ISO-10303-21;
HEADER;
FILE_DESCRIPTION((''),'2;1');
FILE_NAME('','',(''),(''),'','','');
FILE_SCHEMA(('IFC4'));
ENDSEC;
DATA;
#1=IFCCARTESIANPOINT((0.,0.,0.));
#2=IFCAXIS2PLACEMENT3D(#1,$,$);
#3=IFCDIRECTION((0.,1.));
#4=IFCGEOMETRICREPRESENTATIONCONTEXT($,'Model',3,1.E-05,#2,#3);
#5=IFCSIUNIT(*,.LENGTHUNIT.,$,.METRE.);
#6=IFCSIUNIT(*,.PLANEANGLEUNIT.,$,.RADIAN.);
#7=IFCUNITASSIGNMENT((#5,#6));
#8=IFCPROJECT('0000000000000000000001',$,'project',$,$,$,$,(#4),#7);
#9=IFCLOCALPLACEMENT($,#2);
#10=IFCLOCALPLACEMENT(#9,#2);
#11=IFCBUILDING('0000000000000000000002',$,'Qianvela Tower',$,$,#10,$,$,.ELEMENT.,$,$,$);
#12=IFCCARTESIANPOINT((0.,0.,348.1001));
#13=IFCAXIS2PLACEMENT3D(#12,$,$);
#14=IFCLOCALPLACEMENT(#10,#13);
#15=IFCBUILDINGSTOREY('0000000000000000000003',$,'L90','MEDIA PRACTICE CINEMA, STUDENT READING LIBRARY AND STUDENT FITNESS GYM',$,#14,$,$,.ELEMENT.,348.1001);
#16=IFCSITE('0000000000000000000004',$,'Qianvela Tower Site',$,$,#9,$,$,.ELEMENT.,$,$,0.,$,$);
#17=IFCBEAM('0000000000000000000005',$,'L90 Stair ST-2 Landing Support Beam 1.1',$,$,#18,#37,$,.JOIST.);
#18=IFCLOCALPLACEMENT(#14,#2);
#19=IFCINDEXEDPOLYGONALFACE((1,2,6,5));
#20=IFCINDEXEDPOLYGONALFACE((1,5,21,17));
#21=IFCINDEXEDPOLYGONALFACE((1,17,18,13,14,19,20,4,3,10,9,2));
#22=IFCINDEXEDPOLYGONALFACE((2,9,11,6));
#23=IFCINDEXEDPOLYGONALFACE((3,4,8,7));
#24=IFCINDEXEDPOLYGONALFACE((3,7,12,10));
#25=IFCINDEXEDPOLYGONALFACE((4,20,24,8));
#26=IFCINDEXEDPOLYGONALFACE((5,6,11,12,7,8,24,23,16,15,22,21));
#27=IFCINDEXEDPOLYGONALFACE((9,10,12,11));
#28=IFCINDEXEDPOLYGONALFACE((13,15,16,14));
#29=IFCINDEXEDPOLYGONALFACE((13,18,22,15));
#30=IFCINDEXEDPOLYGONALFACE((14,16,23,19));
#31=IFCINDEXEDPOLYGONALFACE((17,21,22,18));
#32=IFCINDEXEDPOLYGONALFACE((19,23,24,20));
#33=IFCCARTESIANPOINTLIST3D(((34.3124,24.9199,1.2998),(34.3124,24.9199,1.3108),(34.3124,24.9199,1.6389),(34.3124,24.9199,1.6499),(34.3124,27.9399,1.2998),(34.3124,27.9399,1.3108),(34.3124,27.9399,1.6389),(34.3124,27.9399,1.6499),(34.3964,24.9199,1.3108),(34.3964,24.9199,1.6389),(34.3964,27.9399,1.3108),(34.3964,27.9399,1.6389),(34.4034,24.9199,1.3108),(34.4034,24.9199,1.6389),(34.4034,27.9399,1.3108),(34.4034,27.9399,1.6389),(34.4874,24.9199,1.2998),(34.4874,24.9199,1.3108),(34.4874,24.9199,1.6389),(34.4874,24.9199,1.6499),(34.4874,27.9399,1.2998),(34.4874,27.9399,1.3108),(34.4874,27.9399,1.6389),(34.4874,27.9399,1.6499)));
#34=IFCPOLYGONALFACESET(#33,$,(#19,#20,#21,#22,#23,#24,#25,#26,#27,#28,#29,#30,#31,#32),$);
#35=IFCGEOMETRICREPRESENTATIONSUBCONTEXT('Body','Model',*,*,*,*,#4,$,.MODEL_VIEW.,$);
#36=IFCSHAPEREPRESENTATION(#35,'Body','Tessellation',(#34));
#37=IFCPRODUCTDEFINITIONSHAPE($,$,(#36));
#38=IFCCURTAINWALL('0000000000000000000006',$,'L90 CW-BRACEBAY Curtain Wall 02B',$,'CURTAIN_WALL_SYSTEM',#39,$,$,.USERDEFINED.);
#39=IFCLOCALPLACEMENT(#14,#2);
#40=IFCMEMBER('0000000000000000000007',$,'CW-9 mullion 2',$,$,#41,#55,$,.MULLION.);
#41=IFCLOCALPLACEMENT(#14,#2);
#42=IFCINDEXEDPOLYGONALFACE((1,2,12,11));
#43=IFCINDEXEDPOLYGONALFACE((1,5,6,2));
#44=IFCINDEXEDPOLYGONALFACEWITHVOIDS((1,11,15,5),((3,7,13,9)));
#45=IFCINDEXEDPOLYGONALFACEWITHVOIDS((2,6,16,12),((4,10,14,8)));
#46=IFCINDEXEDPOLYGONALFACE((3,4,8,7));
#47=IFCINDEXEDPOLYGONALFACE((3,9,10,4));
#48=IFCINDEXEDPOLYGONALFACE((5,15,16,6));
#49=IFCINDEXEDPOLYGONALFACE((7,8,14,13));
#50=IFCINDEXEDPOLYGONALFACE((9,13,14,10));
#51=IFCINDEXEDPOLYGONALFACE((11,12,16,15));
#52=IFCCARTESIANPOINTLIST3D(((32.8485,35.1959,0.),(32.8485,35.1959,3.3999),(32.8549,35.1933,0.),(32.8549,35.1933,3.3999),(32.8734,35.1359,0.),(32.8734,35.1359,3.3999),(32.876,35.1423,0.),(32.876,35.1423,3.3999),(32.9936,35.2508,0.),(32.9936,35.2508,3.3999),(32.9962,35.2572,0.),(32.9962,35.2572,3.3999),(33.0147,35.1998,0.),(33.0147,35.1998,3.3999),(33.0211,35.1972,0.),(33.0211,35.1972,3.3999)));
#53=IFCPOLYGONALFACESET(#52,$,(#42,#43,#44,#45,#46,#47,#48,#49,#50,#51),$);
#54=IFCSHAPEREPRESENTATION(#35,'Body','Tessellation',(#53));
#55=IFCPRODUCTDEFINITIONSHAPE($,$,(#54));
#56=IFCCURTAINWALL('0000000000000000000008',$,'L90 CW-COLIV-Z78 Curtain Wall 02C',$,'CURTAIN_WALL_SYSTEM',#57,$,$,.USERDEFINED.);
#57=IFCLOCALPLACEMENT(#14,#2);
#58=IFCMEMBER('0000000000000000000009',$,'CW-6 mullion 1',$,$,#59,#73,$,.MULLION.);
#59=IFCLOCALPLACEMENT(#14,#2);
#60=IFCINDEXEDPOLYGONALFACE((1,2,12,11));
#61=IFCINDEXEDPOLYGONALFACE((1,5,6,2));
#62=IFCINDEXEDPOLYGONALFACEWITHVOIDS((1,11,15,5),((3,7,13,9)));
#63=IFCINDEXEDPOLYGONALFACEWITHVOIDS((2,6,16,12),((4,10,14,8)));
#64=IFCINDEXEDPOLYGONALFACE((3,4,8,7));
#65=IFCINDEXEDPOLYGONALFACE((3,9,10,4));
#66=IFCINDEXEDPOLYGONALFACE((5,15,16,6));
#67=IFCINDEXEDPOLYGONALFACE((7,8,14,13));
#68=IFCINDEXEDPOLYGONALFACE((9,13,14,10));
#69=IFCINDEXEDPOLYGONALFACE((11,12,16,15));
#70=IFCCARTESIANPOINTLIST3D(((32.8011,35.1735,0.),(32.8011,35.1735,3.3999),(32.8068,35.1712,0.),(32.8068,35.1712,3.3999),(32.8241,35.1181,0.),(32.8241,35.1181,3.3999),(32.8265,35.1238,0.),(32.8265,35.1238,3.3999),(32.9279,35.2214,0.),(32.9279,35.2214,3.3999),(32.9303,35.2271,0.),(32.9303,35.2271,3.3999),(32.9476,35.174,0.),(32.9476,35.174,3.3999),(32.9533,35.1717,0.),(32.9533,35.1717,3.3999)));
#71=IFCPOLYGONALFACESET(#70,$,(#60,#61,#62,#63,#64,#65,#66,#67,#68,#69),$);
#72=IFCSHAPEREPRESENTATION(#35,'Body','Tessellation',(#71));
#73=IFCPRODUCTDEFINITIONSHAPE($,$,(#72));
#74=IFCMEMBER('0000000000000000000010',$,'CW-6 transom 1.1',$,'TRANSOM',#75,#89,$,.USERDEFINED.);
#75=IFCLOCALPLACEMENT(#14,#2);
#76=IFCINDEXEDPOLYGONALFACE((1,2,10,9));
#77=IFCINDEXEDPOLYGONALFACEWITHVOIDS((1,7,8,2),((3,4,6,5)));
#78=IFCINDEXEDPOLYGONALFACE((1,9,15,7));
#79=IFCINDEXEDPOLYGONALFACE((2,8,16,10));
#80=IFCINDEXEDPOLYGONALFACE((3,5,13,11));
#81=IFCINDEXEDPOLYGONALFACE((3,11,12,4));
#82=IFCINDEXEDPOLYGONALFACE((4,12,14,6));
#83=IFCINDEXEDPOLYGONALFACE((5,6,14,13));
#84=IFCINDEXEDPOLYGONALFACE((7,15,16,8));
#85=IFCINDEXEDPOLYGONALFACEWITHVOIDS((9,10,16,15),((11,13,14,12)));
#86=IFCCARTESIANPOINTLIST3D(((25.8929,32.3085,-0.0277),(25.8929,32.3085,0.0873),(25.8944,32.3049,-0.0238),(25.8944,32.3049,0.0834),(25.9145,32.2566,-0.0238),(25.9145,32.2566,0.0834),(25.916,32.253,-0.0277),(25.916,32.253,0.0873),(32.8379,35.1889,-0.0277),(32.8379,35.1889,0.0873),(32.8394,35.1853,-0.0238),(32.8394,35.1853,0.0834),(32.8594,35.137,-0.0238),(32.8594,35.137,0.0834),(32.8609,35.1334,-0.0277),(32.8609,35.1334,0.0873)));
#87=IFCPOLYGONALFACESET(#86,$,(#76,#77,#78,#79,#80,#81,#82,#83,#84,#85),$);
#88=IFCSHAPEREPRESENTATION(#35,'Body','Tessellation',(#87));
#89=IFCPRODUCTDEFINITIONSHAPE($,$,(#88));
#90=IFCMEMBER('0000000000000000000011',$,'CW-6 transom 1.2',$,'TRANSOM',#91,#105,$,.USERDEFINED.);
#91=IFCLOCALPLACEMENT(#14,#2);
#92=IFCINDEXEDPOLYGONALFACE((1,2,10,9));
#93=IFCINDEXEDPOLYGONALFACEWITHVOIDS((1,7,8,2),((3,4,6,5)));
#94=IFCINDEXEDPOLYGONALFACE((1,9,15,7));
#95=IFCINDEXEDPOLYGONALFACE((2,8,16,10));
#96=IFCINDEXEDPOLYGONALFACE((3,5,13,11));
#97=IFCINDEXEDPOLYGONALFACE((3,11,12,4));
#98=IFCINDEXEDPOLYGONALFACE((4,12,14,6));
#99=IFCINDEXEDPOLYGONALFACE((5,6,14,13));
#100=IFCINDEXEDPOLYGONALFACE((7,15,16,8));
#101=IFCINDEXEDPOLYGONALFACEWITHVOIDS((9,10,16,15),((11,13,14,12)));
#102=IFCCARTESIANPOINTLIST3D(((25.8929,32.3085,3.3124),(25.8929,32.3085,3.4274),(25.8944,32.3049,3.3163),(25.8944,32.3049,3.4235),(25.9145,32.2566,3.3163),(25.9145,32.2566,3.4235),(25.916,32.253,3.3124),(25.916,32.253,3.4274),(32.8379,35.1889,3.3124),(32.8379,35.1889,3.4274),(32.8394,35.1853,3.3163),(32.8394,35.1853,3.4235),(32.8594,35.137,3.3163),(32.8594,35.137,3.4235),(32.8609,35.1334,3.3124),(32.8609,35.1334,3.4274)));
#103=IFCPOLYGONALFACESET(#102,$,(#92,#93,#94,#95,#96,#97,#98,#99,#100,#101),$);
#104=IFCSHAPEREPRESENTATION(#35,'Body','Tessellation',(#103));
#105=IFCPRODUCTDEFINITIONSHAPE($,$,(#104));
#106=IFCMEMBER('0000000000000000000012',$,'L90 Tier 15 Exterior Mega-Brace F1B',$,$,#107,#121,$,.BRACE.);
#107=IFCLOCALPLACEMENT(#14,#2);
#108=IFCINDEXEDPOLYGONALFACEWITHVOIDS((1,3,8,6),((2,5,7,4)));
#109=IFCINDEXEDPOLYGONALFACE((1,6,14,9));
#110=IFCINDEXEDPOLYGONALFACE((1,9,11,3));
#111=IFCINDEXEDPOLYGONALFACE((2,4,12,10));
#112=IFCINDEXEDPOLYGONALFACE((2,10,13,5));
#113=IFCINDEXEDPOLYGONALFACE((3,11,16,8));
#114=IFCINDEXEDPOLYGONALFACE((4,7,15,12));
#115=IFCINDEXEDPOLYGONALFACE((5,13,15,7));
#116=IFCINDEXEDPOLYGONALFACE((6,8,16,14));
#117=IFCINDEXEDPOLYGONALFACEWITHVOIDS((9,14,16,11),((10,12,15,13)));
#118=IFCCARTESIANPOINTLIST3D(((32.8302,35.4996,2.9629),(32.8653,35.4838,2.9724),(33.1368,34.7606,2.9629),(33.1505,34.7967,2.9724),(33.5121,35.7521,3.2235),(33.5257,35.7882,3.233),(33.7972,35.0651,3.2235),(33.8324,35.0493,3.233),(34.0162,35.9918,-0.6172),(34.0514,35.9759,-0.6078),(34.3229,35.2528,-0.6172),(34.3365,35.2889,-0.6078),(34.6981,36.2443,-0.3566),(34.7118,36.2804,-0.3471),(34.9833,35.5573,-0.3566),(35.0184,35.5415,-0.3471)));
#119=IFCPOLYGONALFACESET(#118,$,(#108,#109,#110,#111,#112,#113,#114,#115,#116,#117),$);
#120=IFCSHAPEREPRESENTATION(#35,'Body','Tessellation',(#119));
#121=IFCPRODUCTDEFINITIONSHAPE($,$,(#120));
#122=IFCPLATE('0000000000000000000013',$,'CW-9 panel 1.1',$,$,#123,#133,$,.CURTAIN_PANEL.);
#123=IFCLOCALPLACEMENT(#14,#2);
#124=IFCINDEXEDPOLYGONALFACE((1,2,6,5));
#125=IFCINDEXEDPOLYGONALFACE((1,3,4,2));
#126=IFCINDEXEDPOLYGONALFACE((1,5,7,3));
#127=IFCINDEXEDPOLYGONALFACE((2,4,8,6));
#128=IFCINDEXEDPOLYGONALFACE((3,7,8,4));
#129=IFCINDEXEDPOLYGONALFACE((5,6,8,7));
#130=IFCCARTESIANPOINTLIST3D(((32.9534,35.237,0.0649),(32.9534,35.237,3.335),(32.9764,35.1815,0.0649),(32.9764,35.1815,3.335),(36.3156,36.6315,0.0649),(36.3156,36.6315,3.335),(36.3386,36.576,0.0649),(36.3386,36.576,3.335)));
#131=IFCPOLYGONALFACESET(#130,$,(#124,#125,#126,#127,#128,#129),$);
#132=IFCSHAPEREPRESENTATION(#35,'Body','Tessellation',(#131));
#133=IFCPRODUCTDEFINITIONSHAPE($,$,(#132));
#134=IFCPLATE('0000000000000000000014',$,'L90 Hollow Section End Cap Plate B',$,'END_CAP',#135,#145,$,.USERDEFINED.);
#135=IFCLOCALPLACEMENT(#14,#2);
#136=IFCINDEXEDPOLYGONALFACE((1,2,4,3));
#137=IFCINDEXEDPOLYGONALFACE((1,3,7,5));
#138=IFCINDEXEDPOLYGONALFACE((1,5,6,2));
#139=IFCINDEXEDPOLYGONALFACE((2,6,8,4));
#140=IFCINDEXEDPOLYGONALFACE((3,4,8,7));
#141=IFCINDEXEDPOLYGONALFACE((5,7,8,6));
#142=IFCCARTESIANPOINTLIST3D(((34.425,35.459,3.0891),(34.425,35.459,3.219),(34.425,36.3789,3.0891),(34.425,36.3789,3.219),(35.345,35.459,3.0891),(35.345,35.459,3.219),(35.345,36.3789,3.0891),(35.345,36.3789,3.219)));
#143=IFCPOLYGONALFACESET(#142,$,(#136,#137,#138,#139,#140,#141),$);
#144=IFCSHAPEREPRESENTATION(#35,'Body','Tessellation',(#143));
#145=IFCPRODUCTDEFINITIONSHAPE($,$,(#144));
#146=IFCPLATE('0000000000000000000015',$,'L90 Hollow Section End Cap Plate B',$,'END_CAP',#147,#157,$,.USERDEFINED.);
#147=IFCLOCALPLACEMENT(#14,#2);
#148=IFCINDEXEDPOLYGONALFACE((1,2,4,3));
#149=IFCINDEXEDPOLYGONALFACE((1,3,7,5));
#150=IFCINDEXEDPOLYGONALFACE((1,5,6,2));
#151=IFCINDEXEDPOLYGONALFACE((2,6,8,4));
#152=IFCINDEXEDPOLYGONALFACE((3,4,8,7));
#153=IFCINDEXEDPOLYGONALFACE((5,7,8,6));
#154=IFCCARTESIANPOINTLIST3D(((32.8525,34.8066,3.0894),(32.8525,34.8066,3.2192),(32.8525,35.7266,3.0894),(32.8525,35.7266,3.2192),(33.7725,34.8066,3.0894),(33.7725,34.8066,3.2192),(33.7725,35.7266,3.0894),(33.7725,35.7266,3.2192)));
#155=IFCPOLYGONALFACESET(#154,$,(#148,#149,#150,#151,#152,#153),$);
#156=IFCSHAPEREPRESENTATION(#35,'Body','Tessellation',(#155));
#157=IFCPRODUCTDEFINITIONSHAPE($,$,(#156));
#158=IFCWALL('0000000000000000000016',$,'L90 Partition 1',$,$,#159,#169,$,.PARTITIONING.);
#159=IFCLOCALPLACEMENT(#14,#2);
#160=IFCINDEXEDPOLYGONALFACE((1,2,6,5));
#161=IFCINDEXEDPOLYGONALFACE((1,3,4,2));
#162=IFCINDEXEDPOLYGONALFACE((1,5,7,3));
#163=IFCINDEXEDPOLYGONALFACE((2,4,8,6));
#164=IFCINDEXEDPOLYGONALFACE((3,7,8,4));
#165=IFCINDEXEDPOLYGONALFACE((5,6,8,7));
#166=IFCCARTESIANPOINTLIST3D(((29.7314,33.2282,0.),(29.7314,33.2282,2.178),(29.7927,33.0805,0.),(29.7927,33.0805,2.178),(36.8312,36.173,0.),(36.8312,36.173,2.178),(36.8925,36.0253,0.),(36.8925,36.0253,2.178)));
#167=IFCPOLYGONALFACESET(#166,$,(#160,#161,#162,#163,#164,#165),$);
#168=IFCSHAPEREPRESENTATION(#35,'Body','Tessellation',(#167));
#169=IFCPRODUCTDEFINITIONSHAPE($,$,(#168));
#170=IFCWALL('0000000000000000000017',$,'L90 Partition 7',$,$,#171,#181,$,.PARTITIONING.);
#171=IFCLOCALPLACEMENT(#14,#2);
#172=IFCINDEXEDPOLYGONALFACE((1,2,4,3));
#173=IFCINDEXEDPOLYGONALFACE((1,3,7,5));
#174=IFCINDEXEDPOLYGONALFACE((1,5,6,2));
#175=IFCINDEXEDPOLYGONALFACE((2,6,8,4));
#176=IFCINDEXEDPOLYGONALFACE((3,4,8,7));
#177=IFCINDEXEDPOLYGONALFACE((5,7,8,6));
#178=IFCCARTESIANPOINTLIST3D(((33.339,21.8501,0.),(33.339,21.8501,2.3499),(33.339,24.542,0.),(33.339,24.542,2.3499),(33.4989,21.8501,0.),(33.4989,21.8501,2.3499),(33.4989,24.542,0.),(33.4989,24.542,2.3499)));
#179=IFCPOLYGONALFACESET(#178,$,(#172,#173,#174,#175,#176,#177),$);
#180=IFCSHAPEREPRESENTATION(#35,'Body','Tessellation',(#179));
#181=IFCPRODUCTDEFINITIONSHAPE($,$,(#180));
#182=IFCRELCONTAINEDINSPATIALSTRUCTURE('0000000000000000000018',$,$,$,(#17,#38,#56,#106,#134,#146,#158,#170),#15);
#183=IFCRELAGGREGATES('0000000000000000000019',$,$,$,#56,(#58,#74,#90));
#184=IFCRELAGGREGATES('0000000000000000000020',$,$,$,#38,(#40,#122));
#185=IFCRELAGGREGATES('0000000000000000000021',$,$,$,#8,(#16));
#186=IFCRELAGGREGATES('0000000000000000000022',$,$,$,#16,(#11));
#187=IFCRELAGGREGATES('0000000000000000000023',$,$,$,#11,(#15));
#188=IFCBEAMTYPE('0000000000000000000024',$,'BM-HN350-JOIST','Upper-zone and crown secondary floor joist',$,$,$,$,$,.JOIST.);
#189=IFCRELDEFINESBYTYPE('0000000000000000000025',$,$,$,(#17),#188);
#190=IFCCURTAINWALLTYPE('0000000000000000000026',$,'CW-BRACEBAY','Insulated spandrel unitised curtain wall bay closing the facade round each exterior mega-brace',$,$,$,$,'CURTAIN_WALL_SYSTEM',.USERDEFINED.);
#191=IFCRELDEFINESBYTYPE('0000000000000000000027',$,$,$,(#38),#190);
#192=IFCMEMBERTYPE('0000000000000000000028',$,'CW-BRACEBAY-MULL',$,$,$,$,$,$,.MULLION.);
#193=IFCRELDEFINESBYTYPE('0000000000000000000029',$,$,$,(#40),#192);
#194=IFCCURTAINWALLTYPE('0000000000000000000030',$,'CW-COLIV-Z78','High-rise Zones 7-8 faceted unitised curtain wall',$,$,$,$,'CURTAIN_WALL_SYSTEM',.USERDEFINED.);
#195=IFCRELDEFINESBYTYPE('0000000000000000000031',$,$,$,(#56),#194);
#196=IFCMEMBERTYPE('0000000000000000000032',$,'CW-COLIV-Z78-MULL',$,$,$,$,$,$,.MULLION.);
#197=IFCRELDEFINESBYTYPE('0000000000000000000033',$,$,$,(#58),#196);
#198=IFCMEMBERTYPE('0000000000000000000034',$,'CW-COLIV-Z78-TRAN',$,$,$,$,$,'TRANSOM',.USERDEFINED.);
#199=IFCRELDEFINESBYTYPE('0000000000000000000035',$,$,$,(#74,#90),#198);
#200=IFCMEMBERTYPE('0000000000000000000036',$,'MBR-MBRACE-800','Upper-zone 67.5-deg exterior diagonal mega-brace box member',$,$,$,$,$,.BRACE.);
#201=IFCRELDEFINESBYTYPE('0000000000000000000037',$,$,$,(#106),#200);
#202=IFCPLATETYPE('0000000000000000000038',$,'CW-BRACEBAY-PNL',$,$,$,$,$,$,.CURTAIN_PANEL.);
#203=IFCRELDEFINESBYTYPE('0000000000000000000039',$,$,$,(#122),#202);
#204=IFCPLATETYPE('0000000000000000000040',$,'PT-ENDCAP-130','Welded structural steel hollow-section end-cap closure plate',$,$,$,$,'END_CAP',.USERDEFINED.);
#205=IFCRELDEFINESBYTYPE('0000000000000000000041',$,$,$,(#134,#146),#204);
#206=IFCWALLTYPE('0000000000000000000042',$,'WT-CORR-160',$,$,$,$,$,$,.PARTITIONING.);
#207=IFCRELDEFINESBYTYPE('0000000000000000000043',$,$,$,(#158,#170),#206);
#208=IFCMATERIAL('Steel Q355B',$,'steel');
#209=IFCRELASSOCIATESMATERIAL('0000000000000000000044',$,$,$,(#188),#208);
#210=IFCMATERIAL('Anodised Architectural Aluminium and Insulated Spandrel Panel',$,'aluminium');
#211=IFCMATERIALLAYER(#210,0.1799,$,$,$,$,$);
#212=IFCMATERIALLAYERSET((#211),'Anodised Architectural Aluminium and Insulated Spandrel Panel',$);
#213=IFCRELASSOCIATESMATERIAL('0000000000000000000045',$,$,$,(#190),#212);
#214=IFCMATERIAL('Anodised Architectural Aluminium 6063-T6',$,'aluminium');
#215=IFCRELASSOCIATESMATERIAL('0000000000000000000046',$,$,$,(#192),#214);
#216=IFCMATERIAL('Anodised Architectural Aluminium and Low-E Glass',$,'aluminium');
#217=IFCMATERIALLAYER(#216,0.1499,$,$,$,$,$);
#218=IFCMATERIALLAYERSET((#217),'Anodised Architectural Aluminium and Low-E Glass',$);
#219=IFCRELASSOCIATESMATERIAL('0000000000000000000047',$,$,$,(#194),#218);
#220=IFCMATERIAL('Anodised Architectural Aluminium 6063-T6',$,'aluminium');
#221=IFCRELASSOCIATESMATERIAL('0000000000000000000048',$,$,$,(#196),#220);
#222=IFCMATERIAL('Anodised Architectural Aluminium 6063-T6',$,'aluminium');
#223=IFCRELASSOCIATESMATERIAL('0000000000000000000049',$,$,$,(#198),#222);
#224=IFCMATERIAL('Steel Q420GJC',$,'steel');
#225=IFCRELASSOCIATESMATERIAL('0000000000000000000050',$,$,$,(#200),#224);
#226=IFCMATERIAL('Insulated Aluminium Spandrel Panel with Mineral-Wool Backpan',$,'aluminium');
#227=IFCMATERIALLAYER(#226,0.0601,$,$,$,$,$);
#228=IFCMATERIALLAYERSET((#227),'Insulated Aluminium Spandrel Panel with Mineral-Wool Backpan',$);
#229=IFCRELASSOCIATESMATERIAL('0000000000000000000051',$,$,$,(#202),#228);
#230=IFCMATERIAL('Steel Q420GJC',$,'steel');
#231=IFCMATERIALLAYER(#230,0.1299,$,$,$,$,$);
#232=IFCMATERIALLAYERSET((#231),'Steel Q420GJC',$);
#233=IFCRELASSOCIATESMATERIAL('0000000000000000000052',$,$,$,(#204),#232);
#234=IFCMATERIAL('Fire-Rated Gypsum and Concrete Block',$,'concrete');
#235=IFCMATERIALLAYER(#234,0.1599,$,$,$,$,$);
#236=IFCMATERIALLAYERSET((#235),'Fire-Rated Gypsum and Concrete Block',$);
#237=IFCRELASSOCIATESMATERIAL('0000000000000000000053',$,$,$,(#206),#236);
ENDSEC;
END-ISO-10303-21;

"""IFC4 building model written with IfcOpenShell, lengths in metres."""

from ifc_helpers import new_model, si_unit, direction, frame, frame_2d, origin, origin_2d, place, context, subcontext, project, spatial, rectangle, hollow_rectangle, i_section, extrude, material, layer, layer_set, material_profile, profile_set, type_object, element, aggregate, save


model = new_model("IFC4")

# Units and contexts
model_context = context("Model", 3, precision=1e-05, world=origin(), true_north=direction((0.0, 1.0)))
body_context = subcontext(model_context, "Body", "Model", "MODEL_VIEW")
ifc_project = project(units=[si_unit("LENGTHUNIT", "METRE"), si_unit("PLANEANGLEUNIT", "RADIAN")], contexts=[model_context])

# Site, building, storey
site_placement = place(None, origin())
site = spatial("IfcSite", under=ifc_project, at=site_placement, Name="Qianvela Tower Site", CompositionType="ELEMENT", RefElevation=0.0)
building_placement = place(site_placement, origin())
building = spatial("IfcBuilding", under=site, at=building_placement, Name="Qianvela Tower", CompositionType="ELEMENT")
storey_placement = place(building_placement, frame((0.0, 0.0, 348.1001)))
storey = spatial("IfcBuildingStorey", under=building, at=storey_placement, Name="L90", Description="MEDIA PRACTICE CINEMA, STUDENT READING LIBRARY AND STUDENT FITNESS GYM", CompositionType="ELEMENT", Elevation=348.1001)

# Beam
ifc_material_1 = material(Name="Steel Q355B", Category="steel")
ifc_material_profile_1 = material_profile(ifc_material_1, i_section(OverallWidth=0.175, OverallDepth=0.3501, WebThickness=0.0071, FlangeThickness=0.011, at=origin_2d()), Name="HN350x175x7x11")
ifc_profile_set_1 = profile_set([ifc_material_profile_1], Name="Steel Q355B")
beam_type = type_object("IfcBeamType", Name="BM-HN350-JOIST", Description="Upper-zone and crown secondary floor joist", PredefinedType="JOIST", material=ifc_profile_set_1)
beam_placement = place(storey_placement, frame((34.3999, 24.9199, 1.4749), z_axis=(0.0, 1.0, 0.0), x_axis=(-1.0, 0.0, 0.0)))
element("IfcBeam", 1, at=beam_placement, inside=storey, type_object=beam_type, Name="L90 Stair ST-2 Landing Support Beam 1.1", PredefinedType="JOIST", context=body_context, shape_type="SweptSolid", body=[
    extrude(i_section(OverallWidth=0.175, OverallDepth=0.3501, WebThickness=0.0071, FlangeThickness=0.011, at=origin_2d()), origin(), (0.0, 0.0, 1.0), 3.02),
])

# Curtain wall, member
ifc_material_2 = material(Name="Anodised Architectural Aluminium and Insulated Spandrel Panel", Category="aluminium")
ifc_layer_1 = layer(ifc_material_2, 0.1799)
ifc_layer_set_1 = layer_set([ifc_layer_1], Name="Anodised Architectural Aluminium and Insulated Spandrel Panel")
curtain_wall_type_1 = type_object("IfcCurtainWallType", Name="CW-BRACEBAY", Description="Insulated spandrel unitised curtain wall bay closing the facade round each exterior mega-brace", ElementType="CURTAIN_WALL_SYSTEM", PredefinedType="USERDEFINED", material=ifc_layer_set_1)
curtain_wall_1_placement = place(storey_placement, origin())
curtain_wall_1 = element("IfcCurtainWall", 2, at=curtain_wall_1_placement, inside=storey, type_object=curtain_wall_type_1, Name="L90 CW-BRACEBAY Curtain Wall 02B", ObjectType="CURTAIN_WALL_SYSTEM", PredefinedType="USERDEFINED")
ifc_material_3 = material(Name="Anodised Architectural Aluminium 6063-T6", Category="aluminium")
ifc_material_profile_2 = material_profile(ifc_material_3, hollow_rectangle(XDim=0.0649, YDim=0.1599, WallThickness=0.0049, at=origin_2d()), Name="ALU-MULL-65x160")
ifc_profile_set_2 = profile_set([ifc_material_profile_2], Name="Anodised Architectural Aluminium 6063-T6")
member_type_1 = type_object("IfcMemberType", Name="CW-BRACEBAY-MULL", PredefinedType="MULLION", material=ifc_profile_set_2)
member_1_placement = place(storey_placement, frame((32.9348, 35.1965, 0.0), z_axis=(0.0, 0.0, 1.0), x_axis=(0.383133, -0.923693, 0.0)))
member_1 = element("IfcMember", 3, at=member_1_placement, type_object=member_type_1, Name="CW-9 mullion 2", PredefinedType="MULLION", context=body_context, shape_type="SweptSolid", body=[
    extrude(hollow_rectangle(XDim=0.0649, YDim=0.1599, WallThickness=0.0049, at=origin_2d()), origin(), (0.0, 0.0, 1.0), 3.3999),
])

# Curtain wall, members
ifc_material_4 = material(Name="Anodised Architectural Aluminium and Low-E Glass", Category="aluminium")
ifc_layer_2 = layer(ifc_material_4, 0.1499)
ifc_layer_set_2 = layer_set([ifc_layer_2], Name="Anodised Architectural Aluminium and Low-E Glass")
curtain_wall_type_2 = type_object("IfcCurtainWallType", Name="CW-COLIV-Z78", Description="High-rise Zones 7-8 faceted unitised curtain wall", ElementType="CURTAIN_WALL_SYSTEM", PredefinedType="USERDEFINED", material=ifc_layer_set_2)
curtain_wall_2_placement = place(storey_placement, origin())
curtain_wall_2 = element("IfcCurtainWall", 4, at=curtain_wall_2_placement, inside=storey, type_object=curtain_wall_type_2, Name="L90 CW-COLIV-Z78 Curtain Wall 02C", ObjectType="CURTAIN_WALL_SYSTEM", PredefinedType="USERDEFINED")
ifc_material_5 = material(Name="Anodised Architectural Aluminium 6063-T6", Category="aluminium")
ifc_material_profile_3 = material_profile(ifc_material_5, hollow_rectangle(XDim=0.0601, YDim=0.1399, WallThickness=0.0044, at=origin_2d()), Name="ALU-MULL-60x140")
ifc_profile_set_3 = profile_set([ifc_material_profile_3], Name="Anodised Architectural Aluminium 6063-T6")
member_type_2 = type_object("IfcMemberType", Name="CW-COLIV-Z78-MULL", PredefinedType="MULLION", material=ifc_profile_set_3)
member_2_placement = place(storey_placement, frame((32.8772, 35.1726, 0.0), z_axis=(0.0, 0.0, 1.0), x_axis=(0.383115, -0.923701, 0.0)))
member_2 = element("IfcMember", 5, at=member_2_placement, type_object=member_type_2, Name="CW-6 mullion 1", PredefinedType="MULLION", context=body_context, shape_type="SweptSolid", body=[
    extrude(hollow_rectangle(XDim=0.0601, YDim=0.1399, WallThickness=0.0044, at=origin_2d()), origin(), (0.0, 0.0, 1.0), 3.3999),
])
ifc_material_6 = material(Name="Anodised Architectural Aluminium 6063-T6", Category="aluminium")
ifc_material_profile_4 = material_profile(ifc_material_6, hollow_rectangle(XDim=0.0601, YDim=0.115, WallThickness=0.0039, at=origin_2d()), Name="ALU-TRAN-60x115")
ifc_profile_set_4 = profile_set([ifc_material_profile_4], Name="Anodised Architectural Aluminium 6063-T6")
member_type_3 = type_object("IfcMemberType", Name="CW-COLIV-Z78-TRAN", ElementType="TRANSOM", PredefinedType="USERDEFINED", material=ifc_profile_set_4)
member_3_placement = place(storey_placement, frame((32.8494, 35.1611, 0.0298), z_axis=(-0.923704, -0.383107, 0.0), x_axis=(0.383107, -0.923704, 0.0)))
member_3 = element("IfcMember", 6, at=member_3_placement, type_object=member_type_3, Name="CW-6 transom 1.1", ObjectType="TRANSOM", PredefinedType="USERDEFINED", context=body_context, shape_type="SweptSolid", body=[
    extrude(hollow_rectangle(XDim=0.0601, YDim=0.115, WallThickness=0.0039, at=origin_2d()), origin(), (0.0, 0.0, 1.0), 7.5186),
])
member_4_placement = place(storey_placement, frame((32.8494, 35.1611, 3.3699), z_axis=(-0.923704, -0.383107, 0.0), x_axis=(0.383107, -0.923704, 0.0)))
member_4 = element("IfcMember", 7, at=member_4_placement, type_object=member_type_3, Name="CW-6 transom 1.2", ObjectType="TRANSOM", PredefinedType="USERDEFINED", context=body_context, shape_type="SweptSolid", body=[
    extrude(hollow_rectangle(XDim=0.0601, YDim=0.115, WallThickness=0.0039, at=origin_2d()), origin(), (0.0, 0.0, 1.0), 7.5186),
])
aggregate(curtain_wall_2, [member_2, member_3, member_4])

# Member
ifc_material_7 = material(Name="Steel Q420GJC", Category="steel")
ifc_material_profile_5 = material_profile(ifc_material_7, hollow_rectangle(XDim=0.8, YDim=0.8, WallThickness=0.0281, at=origin_2d()), Name="MBOX-800x800x28")
ifc_profile_set_5 = profile_set([ifc_material_profile_5], Name="Steel Q420GJC")
member_type_4 = type_object("IfcMemberType", Name="MBR-MBRACE-800", Description="Upper-zone 67.5-deg exterior diagonal mega-brace box member", PredefinedType="BRACE", material=ifc_profile_set_5)
member_5_placement = place(storey_placement, frame((34.5173, 35.7666, -0.4822), z_axis=(-0.311835, -0.129407, 0.941282), x_axis=(0.383292, -0.923627, 0.0)))
element("IfcMember", 8, at=member_5_placement, inside=storey, type_object=member_type_4, Name="L90 Tier 15 Exterior Mega-Brace F1B", PredefinedType="BRACE", context=body_context, shape_type="SweptSolid", body=[
    extrude(hollow_rectangle(XDim=0.8, YDim=0.8, WallThickness=0.0281, at=origin_2d()), origin(), (0.0, 0.0, 1.0), 3.8035),
])

# Plate
ifc_material_8 = material(Name="Insulated Aluminium Spandrel Panel with Mineral-Wool Backpan", Category="aluminium")
ifc_layer_3 = layer(ifc_material_8, 0.0601)
ifc_layer_set_3 = layer_set([ifc_layer_3], Name="Insulated Aluminium Spandrel Panel with Mineral-Wool Backpan")
plate_type_1 = type_object("IfcPlateType", Name="CW-BRACEBAY-PNL", PredefinedType="CURTAIN_PANEL", material=ifc_layer_set_3)
plate_placement = place(storey_placement, frame((34.646, 35.9065, 0.0649), z_axis=(0.0, 0.0, 1.0), x_axis=(-0.923693, -0.383133, 0.0)))
plate = element("IfcPlate", 9, at=plate_placement, type_object=plate_type_1, Name="CW-9 panel 1.1", PredefinedType="CURTAIN_PANEL", context=body_context, shape_type="SweptSolid", body=[
    extrude(rectangle(XDim=3.6399, YDim=0.0601, at=origin_2d()), origin(), (0.0, 0.0, 1.0), 3.27),
])
aggregate(curtain_wall_1, [member_1, plate])

# Plates
ifc_material_9 = material(Name="Steel Q420GJC", Category="steel")
ifc_layer_4 = layer(ifc_material_9, 0.1299)
ifc_layer_set_4 = layer_set([ifc_layer_4], Name="Steel Q420GJC")
plate_type_2 = type_object("IfcPlateType", Name="PT-ENDCAP-130", Description="Welded structural steel hollow-section end-cap closure plate", ElementType="END_CAP", PredefinedType="USERDEFINED", material=ifc_layer_set_4)
for number, where, z_axis, x_axis, name in (
    (10, (34.885, 35.9189, 3.0891), (0.0, 0.0, 1.0), (1.0, 0.0, 0.0), "L90 Hollow Section End Cap Plate B"),
    (11, (33.3125, 35.2666, 3.0894), (0.0, 0.0, 1.0), (1.0, 0.0, 0.0), "L90 Hollow Section End Cap Plate B"),
):
    element("IfcPlate", number, at=place(storey_placement, frame(where, z_axis=z_axis, x_axis=x_axis)), inside=storey, type_object=plate_type_2, Name=name, ObjectType="END_CAP", PredefinedType="USERDEFINED", context=body_context, shape_type="SweptSolid", body=[
        extrude(rectangle(XDim=0.9199, YDim=0.9199, at=origin_2d()), origin(), (0.0, 0.0, 1.0), 0.1299),
    ])

# Walls
ifc_material_10 = material(Name="Fire-Rated Gypsum and Concrete Block", Category="concrete")
ifc_layer_5 = layer(ifc_material_10, 0.1599)
ifc_layer_set_5 = layer_set([ifc_layer_5], Name="Fire-Rated Gypsum and Concrete Block")
wall_type_1 = type_object("IfcWallType", Name="WT-CORR-160", PredefinedType="PARTITIONING", material=ifc_layer_set_5)
wall_1_placement = place(storey_placement, frame((29.762, 33.1543, 0.0), z_axis=(0.0, 0.0, 1.0), x_axis=(0.923697, 0.383124, 0.0)))
element("IfcWall", 12, at=wall_1_placement, inside=storey, type_object=wall_type_1, Name="L90 Partition 1", PredefinedType="PARTITIONING", context=body_context, shape_type="SweptSolid", body=[
    extrude(rectangle(XDim=7.6863, YDim=0.1599, at=frame_2d((3.8433, 0.0))), origin(), (0.0, 0.0, 1.0), 2.178),
])
wall_2_placement = place(storey_placement, frame((33.4189, 24.542, 0.0), z_axis=(0.0, 0.0, 1.0), x_axis=(0.0, -1.0, 0.0)))
element("IfcWall", 13, at=wall_2_placement, inside=storey, type_object=wall_type_1, Name="L90 Partition 7", PredefinedType="PARTITIONING", context=body_context, shape_type="SweptSolid", body=[
    extrude(rectangle(XDim=2.6919, YDim=0.1599, at=frame_2d((1.3459, 0.0))), origin(), (0.0, 0.0, 1.0), 2.3499),
])

save(model, "model.ifc")
